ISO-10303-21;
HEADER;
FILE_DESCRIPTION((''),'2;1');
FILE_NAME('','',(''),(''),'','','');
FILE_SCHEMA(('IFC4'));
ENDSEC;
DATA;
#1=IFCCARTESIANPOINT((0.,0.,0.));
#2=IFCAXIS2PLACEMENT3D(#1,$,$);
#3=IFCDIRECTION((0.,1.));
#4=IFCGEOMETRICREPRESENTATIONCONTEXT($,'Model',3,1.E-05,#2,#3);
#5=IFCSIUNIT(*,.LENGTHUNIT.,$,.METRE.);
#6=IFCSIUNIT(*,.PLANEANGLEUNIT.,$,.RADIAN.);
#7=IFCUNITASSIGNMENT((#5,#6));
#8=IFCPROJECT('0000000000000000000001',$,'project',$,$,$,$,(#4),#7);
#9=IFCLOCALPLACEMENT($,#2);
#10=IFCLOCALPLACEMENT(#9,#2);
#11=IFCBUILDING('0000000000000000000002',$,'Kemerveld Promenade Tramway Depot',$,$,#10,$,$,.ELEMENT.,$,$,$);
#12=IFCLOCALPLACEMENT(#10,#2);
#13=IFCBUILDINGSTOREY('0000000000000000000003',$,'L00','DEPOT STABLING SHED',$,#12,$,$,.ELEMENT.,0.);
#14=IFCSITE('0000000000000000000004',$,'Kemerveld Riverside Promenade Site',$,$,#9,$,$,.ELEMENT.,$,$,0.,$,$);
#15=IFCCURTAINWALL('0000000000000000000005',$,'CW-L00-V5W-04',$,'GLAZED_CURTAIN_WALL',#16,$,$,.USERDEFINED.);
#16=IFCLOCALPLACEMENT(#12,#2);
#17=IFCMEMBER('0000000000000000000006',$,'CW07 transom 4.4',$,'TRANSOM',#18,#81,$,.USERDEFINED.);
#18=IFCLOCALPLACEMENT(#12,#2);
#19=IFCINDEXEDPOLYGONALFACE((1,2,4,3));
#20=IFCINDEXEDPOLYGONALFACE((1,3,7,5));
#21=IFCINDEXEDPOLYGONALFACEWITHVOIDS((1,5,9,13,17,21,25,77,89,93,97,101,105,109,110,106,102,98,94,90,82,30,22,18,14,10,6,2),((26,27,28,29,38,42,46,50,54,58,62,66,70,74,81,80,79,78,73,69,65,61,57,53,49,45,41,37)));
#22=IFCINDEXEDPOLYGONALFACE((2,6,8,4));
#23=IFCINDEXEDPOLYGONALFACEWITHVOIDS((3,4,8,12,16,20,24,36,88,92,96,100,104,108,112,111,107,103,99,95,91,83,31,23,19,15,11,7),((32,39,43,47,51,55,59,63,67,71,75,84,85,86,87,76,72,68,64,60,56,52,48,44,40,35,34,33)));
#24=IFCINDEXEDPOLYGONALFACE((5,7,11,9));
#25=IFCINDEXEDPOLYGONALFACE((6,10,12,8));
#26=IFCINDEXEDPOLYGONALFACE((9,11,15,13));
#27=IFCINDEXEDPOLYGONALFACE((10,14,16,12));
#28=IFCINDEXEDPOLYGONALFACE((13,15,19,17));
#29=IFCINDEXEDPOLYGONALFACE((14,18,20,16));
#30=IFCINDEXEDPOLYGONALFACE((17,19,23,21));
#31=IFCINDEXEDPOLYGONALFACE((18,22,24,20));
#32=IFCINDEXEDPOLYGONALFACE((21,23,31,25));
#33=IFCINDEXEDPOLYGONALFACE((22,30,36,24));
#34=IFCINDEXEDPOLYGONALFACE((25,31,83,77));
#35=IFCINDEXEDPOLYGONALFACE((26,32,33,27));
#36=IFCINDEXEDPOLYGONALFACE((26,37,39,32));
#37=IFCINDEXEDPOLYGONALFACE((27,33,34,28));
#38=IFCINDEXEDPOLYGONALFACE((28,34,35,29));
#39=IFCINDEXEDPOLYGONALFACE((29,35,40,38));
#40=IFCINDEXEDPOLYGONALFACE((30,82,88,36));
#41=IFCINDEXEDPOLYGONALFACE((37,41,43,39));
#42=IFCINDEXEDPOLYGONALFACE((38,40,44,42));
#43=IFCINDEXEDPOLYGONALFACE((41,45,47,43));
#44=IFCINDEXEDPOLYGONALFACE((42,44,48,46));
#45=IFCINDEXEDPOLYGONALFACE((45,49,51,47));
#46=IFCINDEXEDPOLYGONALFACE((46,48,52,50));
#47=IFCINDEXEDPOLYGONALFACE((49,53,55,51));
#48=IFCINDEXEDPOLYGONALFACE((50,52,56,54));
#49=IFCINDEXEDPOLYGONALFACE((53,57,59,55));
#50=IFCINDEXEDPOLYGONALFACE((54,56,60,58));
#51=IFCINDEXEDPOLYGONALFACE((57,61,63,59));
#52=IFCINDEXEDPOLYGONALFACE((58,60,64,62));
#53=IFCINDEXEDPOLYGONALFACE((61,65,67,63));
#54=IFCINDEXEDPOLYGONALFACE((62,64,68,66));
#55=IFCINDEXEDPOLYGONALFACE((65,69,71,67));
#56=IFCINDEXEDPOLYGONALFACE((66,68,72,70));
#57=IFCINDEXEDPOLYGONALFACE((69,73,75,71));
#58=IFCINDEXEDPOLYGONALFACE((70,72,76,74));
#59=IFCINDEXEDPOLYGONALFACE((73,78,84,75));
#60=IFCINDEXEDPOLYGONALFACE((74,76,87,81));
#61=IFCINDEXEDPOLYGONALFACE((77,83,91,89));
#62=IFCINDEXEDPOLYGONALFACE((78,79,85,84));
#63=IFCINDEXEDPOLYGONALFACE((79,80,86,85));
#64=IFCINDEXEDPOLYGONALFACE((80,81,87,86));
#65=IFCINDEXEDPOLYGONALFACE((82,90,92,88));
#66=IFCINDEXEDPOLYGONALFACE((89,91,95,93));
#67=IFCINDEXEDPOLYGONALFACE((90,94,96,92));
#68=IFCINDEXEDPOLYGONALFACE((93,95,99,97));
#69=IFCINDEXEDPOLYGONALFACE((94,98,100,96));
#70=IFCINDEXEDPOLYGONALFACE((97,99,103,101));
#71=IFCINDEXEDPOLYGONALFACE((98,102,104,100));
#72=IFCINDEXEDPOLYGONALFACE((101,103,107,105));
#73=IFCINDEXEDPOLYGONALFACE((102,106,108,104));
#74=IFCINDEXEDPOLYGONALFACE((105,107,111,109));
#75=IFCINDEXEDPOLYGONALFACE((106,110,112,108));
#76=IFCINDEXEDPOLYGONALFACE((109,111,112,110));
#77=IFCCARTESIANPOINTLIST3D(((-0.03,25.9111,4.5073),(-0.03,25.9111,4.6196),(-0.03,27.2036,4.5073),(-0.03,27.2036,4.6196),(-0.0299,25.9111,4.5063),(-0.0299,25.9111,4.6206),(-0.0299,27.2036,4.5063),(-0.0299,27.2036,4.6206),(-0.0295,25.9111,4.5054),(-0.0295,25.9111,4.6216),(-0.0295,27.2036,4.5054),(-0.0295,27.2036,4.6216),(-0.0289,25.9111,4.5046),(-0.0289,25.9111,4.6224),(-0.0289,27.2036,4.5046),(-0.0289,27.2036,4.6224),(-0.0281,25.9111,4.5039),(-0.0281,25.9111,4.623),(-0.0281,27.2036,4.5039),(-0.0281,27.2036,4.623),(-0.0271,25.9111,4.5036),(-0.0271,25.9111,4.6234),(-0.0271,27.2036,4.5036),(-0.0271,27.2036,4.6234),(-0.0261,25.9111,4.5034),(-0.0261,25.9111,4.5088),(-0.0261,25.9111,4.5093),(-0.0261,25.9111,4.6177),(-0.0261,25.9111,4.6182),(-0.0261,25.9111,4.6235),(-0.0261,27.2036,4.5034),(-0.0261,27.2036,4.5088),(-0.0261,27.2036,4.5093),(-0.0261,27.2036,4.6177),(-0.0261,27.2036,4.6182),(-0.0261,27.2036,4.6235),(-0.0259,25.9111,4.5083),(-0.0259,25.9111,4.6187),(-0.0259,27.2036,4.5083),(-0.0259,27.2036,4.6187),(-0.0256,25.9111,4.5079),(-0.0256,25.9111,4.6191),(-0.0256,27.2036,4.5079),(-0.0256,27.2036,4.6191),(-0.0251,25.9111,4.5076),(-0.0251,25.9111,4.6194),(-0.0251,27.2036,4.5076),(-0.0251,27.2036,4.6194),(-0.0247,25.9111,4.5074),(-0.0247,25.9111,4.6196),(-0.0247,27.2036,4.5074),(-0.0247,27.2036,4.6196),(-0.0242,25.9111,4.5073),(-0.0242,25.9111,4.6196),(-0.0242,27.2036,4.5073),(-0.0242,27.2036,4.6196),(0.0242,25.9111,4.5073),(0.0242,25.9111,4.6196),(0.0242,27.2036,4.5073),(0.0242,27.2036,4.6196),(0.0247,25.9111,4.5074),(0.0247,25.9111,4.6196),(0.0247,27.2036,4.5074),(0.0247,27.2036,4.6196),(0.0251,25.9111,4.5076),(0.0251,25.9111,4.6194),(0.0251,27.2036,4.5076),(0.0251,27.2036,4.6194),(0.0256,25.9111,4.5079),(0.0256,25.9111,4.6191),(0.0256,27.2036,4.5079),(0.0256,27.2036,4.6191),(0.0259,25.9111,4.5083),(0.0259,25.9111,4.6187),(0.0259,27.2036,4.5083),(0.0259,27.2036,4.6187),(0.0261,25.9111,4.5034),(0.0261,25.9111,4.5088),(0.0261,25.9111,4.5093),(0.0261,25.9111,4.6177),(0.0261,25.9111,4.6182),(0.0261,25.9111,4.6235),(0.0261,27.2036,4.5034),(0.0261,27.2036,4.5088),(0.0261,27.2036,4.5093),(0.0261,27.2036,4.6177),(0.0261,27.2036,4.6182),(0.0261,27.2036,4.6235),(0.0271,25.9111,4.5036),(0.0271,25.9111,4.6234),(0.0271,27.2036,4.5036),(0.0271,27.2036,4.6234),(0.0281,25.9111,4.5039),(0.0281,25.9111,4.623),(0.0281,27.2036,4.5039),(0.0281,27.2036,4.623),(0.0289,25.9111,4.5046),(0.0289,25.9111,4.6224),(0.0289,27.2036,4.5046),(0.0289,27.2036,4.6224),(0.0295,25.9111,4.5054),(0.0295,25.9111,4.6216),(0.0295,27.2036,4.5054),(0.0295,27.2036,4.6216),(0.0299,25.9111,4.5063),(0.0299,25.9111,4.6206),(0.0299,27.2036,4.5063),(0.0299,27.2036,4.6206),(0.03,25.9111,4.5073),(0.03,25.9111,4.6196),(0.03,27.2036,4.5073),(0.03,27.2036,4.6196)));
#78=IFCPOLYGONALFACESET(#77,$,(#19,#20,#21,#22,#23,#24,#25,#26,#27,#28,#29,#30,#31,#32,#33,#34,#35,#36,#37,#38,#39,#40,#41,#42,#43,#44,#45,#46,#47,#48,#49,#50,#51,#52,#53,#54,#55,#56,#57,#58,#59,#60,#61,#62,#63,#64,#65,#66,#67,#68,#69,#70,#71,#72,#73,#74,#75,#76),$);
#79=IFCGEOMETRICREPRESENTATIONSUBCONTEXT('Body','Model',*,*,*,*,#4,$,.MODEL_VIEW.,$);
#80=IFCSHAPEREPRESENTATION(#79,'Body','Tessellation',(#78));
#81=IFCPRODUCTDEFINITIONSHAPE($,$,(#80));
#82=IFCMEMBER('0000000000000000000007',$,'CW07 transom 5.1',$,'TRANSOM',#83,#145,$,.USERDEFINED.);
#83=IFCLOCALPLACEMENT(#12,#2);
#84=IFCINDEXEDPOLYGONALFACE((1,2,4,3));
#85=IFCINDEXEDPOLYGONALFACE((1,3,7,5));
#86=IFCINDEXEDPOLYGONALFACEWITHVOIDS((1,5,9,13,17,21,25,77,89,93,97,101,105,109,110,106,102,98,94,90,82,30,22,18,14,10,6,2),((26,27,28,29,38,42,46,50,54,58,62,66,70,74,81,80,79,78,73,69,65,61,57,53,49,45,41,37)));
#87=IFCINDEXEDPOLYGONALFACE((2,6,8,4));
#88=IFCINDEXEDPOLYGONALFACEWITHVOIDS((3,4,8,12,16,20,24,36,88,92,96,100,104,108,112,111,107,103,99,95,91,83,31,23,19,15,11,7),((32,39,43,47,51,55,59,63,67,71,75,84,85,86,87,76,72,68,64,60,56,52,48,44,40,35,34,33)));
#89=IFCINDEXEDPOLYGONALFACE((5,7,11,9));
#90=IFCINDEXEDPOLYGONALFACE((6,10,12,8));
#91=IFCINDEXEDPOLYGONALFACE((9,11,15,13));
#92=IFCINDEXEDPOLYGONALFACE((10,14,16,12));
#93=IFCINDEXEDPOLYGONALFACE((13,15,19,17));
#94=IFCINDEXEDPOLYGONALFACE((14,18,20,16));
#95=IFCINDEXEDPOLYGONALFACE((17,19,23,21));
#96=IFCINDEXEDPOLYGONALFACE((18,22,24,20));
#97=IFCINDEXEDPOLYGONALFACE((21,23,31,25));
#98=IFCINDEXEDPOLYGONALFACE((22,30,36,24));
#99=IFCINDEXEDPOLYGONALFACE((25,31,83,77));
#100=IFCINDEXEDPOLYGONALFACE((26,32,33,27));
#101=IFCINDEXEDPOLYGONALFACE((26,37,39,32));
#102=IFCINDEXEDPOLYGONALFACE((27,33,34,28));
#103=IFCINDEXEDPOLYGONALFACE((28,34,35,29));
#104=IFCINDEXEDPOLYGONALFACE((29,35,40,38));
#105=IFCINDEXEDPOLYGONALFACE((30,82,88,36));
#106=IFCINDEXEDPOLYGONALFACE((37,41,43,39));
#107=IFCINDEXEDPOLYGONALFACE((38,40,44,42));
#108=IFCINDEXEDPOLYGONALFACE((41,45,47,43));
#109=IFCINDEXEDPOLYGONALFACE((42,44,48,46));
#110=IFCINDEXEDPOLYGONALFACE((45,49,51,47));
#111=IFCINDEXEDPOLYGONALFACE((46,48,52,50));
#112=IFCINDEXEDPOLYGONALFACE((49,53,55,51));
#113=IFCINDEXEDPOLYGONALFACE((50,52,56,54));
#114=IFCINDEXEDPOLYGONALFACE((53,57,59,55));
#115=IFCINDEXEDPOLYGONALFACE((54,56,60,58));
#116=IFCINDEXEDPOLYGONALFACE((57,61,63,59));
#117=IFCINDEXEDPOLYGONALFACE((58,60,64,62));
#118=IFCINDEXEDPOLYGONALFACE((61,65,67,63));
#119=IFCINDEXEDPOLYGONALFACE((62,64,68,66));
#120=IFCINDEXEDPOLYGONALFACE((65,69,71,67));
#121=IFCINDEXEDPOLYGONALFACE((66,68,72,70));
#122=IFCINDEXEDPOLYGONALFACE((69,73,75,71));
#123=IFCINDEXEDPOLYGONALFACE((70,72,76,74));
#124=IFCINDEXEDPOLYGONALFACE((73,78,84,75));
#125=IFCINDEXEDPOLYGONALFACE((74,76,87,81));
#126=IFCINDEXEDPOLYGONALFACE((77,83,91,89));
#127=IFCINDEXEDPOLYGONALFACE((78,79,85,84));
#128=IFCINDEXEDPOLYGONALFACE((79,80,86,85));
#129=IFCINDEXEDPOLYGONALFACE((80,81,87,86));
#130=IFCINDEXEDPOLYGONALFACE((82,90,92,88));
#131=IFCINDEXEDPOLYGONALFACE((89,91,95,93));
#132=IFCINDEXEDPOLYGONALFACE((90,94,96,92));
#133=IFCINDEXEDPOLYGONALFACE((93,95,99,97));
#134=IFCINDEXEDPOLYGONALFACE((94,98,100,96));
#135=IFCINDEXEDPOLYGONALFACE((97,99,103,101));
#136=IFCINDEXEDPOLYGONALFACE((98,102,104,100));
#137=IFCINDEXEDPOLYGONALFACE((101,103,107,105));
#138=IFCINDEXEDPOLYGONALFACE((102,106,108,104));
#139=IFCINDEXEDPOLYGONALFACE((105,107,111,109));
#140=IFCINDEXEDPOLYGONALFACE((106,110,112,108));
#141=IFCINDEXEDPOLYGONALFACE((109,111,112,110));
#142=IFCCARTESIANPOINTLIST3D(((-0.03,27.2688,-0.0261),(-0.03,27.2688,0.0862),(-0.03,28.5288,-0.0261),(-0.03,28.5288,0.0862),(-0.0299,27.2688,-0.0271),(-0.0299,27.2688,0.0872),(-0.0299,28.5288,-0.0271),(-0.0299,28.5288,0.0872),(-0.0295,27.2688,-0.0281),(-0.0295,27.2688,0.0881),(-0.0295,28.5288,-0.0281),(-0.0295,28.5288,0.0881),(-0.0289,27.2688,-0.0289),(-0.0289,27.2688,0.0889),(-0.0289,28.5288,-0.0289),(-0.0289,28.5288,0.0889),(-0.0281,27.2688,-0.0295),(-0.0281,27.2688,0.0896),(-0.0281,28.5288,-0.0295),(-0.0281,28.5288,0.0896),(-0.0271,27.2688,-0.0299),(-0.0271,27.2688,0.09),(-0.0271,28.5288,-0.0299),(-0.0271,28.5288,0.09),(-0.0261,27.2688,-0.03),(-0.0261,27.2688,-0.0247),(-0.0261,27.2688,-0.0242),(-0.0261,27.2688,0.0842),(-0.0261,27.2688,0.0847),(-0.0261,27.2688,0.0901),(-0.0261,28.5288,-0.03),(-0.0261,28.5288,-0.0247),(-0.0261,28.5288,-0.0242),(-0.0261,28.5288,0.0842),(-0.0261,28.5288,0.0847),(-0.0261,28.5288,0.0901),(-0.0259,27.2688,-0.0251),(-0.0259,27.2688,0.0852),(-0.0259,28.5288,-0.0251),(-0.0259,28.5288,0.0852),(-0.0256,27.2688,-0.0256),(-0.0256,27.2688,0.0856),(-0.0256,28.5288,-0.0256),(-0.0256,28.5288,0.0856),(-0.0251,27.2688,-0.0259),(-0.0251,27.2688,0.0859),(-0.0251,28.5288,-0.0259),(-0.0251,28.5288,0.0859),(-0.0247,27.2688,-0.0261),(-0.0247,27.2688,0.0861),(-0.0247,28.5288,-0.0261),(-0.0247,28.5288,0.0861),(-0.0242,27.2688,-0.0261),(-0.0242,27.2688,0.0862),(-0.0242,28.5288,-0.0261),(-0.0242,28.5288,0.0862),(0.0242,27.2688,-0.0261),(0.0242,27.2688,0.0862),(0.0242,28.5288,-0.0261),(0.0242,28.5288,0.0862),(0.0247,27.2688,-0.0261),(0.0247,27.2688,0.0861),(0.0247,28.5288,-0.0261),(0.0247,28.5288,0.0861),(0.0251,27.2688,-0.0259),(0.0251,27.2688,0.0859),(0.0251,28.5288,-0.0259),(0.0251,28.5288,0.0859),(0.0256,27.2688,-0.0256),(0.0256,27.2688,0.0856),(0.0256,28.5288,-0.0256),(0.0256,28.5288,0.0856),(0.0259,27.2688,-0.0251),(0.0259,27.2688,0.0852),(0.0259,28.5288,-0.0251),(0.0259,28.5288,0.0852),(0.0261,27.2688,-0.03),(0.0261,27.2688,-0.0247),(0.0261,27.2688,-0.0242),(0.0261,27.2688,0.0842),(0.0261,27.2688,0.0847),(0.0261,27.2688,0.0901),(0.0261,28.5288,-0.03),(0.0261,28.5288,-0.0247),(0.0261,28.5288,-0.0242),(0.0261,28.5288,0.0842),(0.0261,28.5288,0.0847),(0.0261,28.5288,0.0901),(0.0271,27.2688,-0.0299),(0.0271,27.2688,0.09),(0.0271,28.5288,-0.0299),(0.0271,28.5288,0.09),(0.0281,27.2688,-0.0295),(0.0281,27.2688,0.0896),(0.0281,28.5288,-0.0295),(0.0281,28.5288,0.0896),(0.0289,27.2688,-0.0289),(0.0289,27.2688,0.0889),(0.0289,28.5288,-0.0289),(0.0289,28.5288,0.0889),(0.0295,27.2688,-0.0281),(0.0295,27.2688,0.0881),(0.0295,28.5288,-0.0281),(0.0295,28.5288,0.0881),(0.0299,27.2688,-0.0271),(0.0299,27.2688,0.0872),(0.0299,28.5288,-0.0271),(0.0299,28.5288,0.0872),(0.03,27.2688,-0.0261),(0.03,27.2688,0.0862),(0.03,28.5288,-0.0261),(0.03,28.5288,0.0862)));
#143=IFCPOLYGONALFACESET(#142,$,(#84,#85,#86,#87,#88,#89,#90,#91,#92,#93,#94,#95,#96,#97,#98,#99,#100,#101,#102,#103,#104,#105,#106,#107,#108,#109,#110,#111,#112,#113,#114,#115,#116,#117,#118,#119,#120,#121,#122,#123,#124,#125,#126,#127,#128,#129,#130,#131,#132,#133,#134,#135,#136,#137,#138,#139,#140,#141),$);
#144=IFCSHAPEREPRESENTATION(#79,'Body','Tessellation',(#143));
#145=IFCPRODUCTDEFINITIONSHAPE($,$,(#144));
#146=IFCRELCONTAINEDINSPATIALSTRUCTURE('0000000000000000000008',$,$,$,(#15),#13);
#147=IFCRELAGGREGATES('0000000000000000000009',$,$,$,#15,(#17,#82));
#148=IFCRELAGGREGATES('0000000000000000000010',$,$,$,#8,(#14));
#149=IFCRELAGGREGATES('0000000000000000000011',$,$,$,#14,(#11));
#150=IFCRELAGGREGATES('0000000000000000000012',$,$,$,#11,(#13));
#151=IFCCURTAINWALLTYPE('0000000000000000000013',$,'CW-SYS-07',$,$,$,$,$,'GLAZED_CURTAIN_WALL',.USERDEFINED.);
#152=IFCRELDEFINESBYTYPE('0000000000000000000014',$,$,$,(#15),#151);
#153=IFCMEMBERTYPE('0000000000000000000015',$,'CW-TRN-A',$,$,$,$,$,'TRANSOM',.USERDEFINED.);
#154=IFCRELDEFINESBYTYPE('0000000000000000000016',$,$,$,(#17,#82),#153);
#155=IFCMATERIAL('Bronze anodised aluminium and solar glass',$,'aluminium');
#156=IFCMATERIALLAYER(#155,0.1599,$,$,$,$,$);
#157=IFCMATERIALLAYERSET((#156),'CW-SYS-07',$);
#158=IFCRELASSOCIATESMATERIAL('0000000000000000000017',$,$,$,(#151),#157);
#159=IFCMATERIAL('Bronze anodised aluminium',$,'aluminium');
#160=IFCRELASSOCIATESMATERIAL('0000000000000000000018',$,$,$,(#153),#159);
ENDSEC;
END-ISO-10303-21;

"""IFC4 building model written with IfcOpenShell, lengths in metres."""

from ifc_helpers import new_model, si_unit, direction, frame, origin, origin_2d, place, context, subcontext, project, spatial, hollow_rectangle, extrude, material, layer, layer_set, material_profile, profile_set, type_object, element, aggregate, save


model = new_model("IFC4")

# Units and contexts
model_context = context("Model", 3, precision=1e-05, world=origin(), true_north=direction((0.0, 1.0)))
body_context = subcontext(model_context, "Body", "Model", "MODEL_VIEW")
ifc_project = project(units=[si_unit("LENGTHUNIT", "METRE"), si_unit("PLANEANGLEUNIT", "RADIAN")], contexts=[model_context])

# Site, building, storey
site_placement = place(None, origin())
site = spatial("IfcSite", under=ifc_project, at=site_placement, Name="Kemerveld Riverside Promenade Site", CompositionType="ELEMENT", RefElevation=0.0)
building_placement = place(site_placement, origin())
building = spatial("IfcBuilding", under=site, at=building_placement, Name="Kemerveld Promenade Tramway Depot", CompositionType="ELEMENT")
storey_placement = place(building_placement, origin())
storey = spatial("IfcBuildingStorey", under=building, at=storey_placement, Name="L00", Description="DEPOT STABLING SHED", CompositionType="ELEMENT", Elevation=0.0)

# Curtain wall, members
ifc_material_1 = material(Name="Bronze anodised aluminium and solar glass", Category="aluminium")
ifc_layer_1 = layer(ifc_material_1, 0.1599)
ifc_layer_set_1 = layer_set([ifc_layer_1], Name="CW-SYS-07")
curtain_wall_type = type_object("IfcCurtainWallType", Name="CW-SYS-07", ElementType="GLAZED_CURTAIN_WALL", PredefinedType="USERDEFINED", material=ifc_layer_set_1)
curtain_wall_placement = place(storey_placement, origin())
curtain_wall = element("IfcCurtainWall", 1, at=curtain_wall_placement, inside=storey, type_object=curtain_wall_type, Name="CW-L00-V5W-04", ObjectType="GLAZED_CURTAIN_WALL", PredefinedType="USERDEFINED")
ifc_material_2 = material(Name="Bronze anodised aluminium", Category="aluminium")
ifc_material_profile_1 = material_profile(ifc_material_2, hollow_rectangle(XDim=0.0601, YDim=0.1201, WallThickness=0.0039, InnerFilletRadius=0.002, OuterFilletRadius=0.0039, at=origin_2d()), Name="CW-TRN-120x60")
ifc_profile_set_1 = profile_set([ifc_material_profile_1], Name="Bronze anodised aluminium")
member_type_1 = type_object("IfcMemberType", Name="CW-TRN-A", ElementType="TRANSOM", PredefinedType="USERDEFINED", material=ifc_profile_set_1)
member_1_placement = place(storey_placement, frame((0.0, 25.9111, 4.5635), z_axis=(0.0, 1.0, 0.0), x_axis=(-1.0, 0.0, 0.0)))
member_1 = element("IfcMember", 2, at=member_1_placement, type_object=member_type_1, Name="CW07 transom 4.4", ObjectType="TRANSOM", PredefinedType="USERDEFINED", context=body_context, shape_type="SweptSolid", body=[
    extrude(hollow_rectangle(XDim=0.0601, YDim=0.1201, WallThickness=0.0039, InnerFilletRadius=0.002, OuterFilletRadius=0.0039, at=origin_2d()), origin(), (0.0, 0.0, 1.0), 1.2925),
])
member_2_placement = place(storey_placement, frame((0.0, 27.2688, 0.03), z_axis=(0.0, 1.0, 0.0), x_axis=(-1.0, 0.0, 0.0)))
member_2 = element("IfcMember", 3, at=member_2_placement, type_object=member_type_1, Name="CW07 transom 5.1", ObjectType="TRANSOM", PredefinedType="USERDEFINED", context=body_context, shape_type="SweptSolid", body=[
    extrude(hollow_rectangle(XDim=0.0601, YDim=0.1201, WallThickness=0.0039, InnerFilletRadius=0.002, OuterFilletRadius=0.0039, at=origin_2d()), origin(), (0.0, 0.0, 1.0), 1.26),
])
aggregate(curtain_wall, [member_1, member_2])

save(model, "model.ifc")
